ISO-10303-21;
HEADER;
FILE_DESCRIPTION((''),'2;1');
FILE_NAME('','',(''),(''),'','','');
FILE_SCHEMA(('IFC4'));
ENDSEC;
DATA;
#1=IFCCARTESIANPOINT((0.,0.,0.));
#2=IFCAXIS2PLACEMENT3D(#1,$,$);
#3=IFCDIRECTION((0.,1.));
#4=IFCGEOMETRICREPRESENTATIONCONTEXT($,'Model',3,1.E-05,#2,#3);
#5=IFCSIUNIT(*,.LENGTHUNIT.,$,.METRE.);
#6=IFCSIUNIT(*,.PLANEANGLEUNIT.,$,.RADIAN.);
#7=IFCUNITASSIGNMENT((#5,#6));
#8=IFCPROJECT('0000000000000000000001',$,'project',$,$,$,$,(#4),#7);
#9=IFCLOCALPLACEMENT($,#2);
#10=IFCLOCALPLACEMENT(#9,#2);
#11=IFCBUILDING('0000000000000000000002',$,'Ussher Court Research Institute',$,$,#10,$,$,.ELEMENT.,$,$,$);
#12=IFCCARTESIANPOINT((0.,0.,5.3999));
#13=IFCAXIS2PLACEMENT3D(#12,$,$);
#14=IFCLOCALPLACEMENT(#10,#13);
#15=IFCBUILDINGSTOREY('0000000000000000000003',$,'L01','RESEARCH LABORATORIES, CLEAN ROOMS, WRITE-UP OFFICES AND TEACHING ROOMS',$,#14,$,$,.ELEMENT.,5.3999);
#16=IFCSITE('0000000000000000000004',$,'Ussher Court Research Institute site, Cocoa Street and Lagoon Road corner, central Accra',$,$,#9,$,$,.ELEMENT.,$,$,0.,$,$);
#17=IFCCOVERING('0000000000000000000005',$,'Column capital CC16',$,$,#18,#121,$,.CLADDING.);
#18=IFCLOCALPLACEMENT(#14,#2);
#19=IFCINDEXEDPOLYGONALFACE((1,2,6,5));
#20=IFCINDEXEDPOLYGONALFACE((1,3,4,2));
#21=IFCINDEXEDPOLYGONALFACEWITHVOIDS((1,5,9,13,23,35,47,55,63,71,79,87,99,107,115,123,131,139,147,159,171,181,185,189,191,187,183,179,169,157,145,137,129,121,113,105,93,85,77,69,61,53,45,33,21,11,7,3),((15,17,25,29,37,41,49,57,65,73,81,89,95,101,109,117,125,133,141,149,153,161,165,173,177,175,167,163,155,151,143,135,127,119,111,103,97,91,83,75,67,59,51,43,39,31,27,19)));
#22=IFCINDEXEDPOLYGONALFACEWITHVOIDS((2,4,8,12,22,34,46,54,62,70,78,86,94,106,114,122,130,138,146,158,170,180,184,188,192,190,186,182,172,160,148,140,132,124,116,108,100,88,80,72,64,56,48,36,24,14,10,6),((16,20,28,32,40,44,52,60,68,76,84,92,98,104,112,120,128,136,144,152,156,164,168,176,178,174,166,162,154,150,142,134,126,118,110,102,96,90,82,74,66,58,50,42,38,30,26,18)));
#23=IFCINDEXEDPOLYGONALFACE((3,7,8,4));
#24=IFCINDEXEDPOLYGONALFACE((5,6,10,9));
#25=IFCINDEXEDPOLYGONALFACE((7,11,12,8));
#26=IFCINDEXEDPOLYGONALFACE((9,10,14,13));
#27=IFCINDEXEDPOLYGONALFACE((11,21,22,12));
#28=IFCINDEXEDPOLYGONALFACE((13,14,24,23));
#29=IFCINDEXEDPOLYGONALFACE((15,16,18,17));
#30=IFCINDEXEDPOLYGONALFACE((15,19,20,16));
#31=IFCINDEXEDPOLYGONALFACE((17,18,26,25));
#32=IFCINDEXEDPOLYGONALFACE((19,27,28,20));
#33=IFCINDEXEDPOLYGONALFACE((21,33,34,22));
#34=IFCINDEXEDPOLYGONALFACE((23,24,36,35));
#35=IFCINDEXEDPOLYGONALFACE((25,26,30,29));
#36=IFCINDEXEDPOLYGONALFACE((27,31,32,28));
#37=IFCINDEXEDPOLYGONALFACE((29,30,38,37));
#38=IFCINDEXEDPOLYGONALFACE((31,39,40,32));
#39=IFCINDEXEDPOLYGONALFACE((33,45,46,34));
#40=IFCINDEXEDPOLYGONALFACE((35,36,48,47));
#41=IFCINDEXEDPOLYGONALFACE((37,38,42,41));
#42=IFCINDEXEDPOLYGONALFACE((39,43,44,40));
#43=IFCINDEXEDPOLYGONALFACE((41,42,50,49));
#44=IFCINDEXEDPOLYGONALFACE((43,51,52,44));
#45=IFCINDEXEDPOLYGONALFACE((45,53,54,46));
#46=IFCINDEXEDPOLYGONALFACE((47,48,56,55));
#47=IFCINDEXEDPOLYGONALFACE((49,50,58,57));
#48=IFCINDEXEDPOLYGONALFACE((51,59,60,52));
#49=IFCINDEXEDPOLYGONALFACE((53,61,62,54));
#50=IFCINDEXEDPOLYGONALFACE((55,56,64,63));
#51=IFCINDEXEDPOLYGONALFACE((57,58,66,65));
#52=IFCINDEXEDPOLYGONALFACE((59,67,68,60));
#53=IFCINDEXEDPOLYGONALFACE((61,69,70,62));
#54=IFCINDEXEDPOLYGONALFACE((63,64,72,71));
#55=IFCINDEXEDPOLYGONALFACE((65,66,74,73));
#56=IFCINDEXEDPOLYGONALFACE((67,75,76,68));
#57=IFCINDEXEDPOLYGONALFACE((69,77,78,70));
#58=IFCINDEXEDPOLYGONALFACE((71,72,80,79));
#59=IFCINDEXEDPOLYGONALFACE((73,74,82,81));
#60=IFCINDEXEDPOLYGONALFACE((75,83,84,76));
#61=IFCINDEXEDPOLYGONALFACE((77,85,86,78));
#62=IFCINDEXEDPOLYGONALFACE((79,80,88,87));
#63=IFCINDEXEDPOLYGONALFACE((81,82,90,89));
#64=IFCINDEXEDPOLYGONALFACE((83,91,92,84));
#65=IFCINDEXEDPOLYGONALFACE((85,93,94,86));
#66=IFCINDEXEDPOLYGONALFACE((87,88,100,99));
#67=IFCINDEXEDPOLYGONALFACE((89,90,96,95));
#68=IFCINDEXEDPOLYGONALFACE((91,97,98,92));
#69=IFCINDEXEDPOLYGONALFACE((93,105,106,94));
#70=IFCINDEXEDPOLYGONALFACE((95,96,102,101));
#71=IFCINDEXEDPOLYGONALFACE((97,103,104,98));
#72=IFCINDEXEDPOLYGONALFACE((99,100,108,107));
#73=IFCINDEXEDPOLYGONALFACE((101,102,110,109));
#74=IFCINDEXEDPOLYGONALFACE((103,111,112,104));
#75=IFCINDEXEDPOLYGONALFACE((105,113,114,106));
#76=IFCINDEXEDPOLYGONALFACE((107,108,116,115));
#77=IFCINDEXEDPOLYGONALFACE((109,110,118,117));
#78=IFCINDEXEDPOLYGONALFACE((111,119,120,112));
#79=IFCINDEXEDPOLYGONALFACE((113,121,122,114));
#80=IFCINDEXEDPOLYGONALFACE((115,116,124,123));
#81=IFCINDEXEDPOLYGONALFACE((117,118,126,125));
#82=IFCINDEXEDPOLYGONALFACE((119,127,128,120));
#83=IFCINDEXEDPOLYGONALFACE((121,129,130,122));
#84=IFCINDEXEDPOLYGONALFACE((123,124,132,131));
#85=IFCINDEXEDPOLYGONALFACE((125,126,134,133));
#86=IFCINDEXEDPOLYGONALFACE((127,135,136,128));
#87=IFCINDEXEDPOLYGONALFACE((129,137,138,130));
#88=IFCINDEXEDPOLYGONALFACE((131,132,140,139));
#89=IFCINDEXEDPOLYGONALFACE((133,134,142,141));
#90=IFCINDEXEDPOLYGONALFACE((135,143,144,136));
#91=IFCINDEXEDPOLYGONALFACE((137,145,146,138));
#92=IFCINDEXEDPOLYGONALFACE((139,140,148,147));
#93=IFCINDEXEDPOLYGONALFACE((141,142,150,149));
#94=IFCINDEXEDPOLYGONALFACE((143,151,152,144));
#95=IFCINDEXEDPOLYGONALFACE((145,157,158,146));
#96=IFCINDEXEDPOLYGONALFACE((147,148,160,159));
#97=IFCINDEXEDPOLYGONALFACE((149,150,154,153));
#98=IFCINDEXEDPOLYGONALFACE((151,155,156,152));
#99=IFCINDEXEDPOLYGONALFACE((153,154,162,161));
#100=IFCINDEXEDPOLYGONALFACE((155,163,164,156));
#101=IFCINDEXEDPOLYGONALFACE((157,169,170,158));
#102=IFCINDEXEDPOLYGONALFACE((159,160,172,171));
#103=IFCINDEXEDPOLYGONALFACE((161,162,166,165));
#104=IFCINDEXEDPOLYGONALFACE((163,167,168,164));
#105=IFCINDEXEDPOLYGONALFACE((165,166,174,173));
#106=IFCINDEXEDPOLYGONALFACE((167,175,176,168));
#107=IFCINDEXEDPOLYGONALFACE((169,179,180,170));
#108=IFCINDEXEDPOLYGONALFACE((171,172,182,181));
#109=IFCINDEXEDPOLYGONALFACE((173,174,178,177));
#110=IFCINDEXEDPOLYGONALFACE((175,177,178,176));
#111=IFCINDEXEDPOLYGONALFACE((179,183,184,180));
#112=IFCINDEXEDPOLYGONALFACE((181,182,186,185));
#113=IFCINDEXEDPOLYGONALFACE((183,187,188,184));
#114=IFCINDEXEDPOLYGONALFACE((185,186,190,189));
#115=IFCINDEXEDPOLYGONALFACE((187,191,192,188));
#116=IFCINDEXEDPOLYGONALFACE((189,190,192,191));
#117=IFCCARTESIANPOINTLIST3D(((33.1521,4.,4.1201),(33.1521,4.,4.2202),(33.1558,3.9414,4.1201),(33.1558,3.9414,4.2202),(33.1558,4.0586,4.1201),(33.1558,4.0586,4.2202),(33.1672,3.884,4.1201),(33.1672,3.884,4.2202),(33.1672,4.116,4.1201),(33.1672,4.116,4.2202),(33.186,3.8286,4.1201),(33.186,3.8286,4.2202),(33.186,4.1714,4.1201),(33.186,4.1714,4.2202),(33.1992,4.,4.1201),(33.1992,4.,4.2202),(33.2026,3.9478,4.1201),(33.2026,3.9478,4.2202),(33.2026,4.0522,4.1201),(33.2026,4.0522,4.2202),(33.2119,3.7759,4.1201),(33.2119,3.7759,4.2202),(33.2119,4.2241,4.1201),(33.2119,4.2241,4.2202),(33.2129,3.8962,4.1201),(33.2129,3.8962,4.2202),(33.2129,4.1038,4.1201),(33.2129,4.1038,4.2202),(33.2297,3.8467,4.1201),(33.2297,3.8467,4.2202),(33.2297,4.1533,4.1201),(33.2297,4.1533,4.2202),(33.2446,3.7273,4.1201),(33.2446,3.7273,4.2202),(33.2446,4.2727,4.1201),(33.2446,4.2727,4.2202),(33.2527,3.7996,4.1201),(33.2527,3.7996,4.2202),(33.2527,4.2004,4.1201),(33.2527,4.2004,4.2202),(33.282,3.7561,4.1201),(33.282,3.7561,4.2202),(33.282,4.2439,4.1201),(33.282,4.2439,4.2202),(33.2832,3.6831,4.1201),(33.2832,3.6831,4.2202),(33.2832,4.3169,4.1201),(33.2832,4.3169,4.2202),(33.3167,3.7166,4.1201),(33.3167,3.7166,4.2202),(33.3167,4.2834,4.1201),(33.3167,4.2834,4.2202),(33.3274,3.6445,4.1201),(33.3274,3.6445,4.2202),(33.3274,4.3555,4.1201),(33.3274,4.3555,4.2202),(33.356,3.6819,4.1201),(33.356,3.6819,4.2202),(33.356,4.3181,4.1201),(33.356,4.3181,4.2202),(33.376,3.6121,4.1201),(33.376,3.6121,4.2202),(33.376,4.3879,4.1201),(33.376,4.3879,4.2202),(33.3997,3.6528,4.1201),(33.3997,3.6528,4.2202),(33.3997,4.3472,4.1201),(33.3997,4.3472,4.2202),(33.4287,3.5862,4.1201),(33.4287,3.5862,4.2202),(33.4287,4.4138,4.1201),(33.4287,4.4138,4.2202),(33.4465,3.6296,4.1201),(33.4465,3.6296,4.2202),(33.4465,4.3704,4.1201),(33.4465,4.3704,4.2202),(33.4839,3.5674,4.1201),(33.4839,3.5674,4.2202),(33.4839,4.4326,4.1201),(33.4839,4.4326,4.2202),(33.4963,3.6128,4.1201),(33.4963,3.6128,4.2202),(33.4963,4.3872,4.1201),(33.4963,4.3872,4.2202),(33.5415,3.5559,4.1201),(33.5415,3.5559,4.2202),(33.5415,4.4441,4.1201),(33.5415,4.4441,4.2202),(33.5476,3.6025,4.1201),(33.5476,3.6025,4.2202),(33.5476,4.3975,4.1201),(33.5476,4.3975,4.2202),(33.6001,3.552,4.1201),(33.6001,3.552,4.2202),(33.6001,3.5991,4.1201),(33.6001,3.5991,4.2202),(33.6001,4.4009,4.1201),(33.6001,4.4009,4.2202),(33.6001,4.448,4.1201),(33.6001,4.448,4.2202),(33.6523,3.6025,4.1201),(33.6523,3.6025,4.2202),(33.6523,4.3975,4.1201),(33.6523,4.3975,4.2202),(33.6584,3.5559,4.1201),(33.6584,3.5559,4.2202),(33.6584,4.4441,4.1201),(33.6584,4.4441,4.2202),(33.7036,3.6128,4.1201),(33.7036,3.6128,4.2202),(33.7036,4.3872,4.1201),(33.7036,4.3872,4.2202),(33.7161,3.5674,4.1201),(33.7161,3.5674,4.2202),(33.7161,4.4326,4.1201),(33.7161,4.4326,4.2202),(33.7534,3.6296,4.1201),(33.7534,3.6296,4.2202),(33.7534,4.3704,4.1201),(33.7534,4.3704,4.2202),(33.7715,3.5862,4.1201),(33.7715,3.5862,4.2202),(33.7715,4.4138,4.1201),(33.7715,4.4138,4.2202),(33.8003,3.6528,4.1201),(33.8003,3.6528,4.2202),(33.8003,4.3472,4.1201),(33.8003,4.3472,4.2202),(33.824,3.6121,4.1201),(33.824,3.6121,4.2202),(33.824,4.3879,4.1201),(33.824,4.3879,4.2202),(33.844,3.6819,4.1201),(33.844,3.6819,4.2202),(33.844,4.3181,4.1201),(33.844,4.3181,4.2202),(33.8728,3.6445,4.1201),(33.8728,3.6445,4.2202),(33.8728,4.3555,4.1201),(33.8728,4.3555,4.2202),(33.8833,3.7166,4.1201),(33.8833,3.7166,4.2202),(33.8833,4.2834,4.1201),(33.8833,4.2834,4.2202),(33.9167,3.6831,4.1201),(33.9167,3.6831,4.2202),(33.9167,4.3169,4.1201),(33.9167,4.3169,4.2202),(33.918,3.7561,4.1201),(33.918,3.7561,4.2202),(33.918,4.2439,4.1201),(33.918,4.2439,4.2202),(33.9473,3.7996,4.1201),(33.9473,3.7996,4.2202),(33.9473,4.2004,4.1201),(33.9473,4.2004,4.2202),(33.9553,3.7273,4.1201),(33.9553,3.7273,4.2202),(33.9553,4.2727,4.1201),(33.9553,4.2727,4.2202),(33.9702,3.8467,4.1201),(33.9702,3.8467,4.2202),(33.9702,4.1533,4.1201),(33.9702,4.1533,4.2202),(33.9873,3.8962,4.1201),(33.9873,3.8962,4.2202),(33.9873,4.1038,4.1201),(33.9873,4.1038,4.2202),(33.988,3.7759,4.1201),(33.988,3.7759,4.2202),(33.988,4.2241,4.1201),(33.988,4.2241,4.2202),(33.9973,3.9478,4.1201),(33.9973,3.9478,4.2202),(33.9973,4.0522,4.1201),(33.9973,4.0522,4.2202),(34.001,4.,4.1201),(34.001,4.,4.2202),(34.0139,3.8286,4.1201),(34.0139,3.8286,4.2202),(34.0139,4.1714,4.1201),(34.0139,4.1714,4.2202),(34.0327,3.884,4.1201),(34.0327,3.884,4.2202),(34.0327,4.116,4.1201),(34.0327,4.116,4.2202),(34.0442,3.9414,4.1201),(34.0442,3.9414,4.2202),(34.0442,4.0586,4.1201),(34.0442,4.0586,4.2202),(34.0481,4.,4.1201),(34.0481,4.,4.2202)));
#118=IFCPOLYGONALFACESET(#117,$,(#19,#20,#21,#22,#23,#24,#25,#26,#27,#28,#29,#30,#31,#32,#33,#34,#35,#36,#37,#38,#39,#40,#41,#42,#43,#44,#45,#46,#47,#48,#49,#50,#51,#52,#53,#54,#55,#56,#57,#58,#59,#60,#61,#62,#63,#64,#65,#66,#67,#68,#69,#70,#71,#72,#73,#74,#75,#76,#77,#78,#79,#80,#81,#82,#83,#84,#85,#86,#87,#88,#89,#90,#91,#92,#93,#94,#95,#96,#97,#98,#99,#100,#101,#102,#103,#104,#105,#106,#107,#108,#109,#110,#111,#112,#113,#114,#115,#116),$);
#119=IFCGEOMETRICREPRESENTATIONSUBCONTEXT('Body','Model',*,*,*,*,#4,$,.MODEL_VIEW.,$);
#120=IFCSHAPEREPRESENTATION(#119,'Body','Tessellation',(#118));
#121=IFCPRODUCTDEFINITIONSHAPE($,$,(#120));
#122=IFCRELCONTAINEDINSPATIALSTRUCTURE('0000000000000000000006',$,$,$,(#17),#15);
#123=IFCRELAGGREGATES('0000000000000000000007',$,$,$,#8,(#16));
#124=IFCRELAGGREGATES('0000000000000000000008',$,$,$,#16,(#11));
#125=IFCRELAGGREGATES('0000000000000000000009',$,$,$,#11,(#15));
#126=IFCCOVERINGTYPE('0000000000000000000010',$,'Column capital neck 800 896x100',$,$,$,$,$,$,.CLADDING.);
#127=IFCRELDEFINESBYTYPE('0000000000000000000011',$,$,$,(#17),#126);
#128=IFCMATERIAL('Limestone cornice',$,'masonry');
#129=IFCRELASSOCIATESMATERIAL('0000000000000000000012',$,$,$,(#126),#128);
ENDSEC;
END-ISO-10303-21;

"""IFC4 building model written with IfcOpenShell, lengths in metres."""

from ifc_helpers import new_model, si_unit, direction, frame, origin, place, context, subcontext, project, spatial, polyline, outline, extrude, material, type_object, element, save


model = new_model("IFC4")

# Units and contexts
model_context = context("Model", 3, precision=1e-05, world=origin(), true_north=direction((0.0, 1.0)))
body_context = subcontext(model_context, "Body", "Model", "MODEL_VIEW")
ifc_project = project(units=[si_unit("LENGTHUNIT", "METRE"), si_unit("PLANEANGLEUNIT", "RADIAN")], contexts=[model_context])

# Site, building, storey
site_placement = place(None, origin())
site = spatial("IfcSite", under=ifc_project, at=site_placement, Name="Ussher Court Research Institute site, Cocoa Street and Lagoon Road corner, central Accra", CompositionType="ELEMENT", RefElevation=0.0)
building_placement = place(site_placement, origin())
building = spatial("IfcBuilding", under=site, at=building_placement, Name="Ussher Court Research Institute", CompositionType="ELEMENT")
storey_placement = place(building_placement, frame((0.0, 0.0, 5.3999)))
storey = spatial("IfcBuildingStorey", under=building, at=storey_placement, Name="L01", Description="RESEARCH LABORATORIES, CLEAN ROOMS, WRITE-UP OFFICES AND TEACHING ROOMS", CompositionType="ELEMENT", Elevation=5.3999)

# Covering
ifc_material_1 = material(Name="Limestone cornice", Category="masonry")
covering_type_1 = type_object("IfcCoveringType", Name="Column capital neck 800 896x100", PredefinedType="CLADDING", material=ifc_material_1)
covering_1_placement = place(storey_placement, frame((0.0, 0.0, 4.1201)))
element("IfcCovering", 1, at=covering_1_placement, inside=storey, type_object=covering_type_1, Name="Column capital CC16", PredefinedType="CLADDING", context=body_context, shape_type="SweptSolid", body=[
    extrude(outline(polyline([(34.0481, 4.0), (34.0442, 4.0586), (34.0327, 4.116), (34.0139, 4.1714), (33.988, 4.2241), (33.9553, 4.2727), (33.9167, 4.3169), (33.8728, 4.3555), (33.824, 4.3879), (33.7715, 4.4138), (33.7161, 4.4326), (33.6584, 4.4441), (33.6001, 4.448), (33.5415, 4.4441), (33.4839, 4.4326), (33.4287, 4.4138), (33.376, 4.3879), (33.3274, 4.3555), (33.2832, 4.3169), (33.2446, 4.2727), (33.2119, 4.2241), (33.186, 4.1714), (33.1672, 4.116), (33.1558, 4.0586), (33.1521, 4.0), (33.1558, 3.9414), (33.1672, 3.884), (33.186, 3.8286), (33.2119, 3.7759), (33.2446, 3.7273), (33.2832, 3.6831), (33.3274, 3.6445), (33.376, 3.6121), (33.4287, 3.5862), (33.4839, 3.5674), (33.5415, 3.5559), (33.6001, 3.552), (33.6584, 3.5559), (33.7161, 3.5674), (33.7715, 3.5862), (33.824, 3.6121), (33.8728, 3.6445), (33.9167, 3.6831), (33.9553, 3.7273), (33.988, 3.7759), (34.0139, 3.8286), (34.0327, 3.884), (34.0442, 3.9414), (34.0481, 4.0)]), holes=[polyline([(34.001, 4.0), (33.9973, 4.0522), (33.9873, 4.1038), (33.9702, 4.1533), (33.9473, 4.2004), (33.918, 4.2439), (33.8833, 4.2834), (33.844, 4.3181), (33.8003, 4.3472), (33.7534, 4.3704), (33.7036, 4.3872), (33.6523, 4.3975), (33.6001, 4.4009), (33.5476, 4.3975), (33.4963, 4.3872), (33.4465, 4.3704), (33.3997, 4.3472), (33.356, 4.3181), (33.3167, 4.2834), (33.282, 4.2439), (33.2527, 4.2004), (33.2297, 4.1533), (33.2129, 4.1038), (33.2026, 4.0522), (33.1992, 4.0), (33.2026, 3.9478), (33.2129, 3.8962), (33.2297, 3.8467), (33.2527, 3.7996), (33.282, 3.7561), (33.3167, 3.7166), (33.356, 3.6819), (33.3997, 3.6528), (33.4465, 3.6296), (33.4963, 3.6128), (33.5476, 3.6025), (33.6001, 3.5991), (33.6523, 3.6025), (33.7036, 3.6128), (33.7534, 3.6296), (33.8003, 3.6528), (33.844, 3.6819), (33.8833, 3.7166), (33.918, 3.7561), (33.9473, 3.7996), (33.9702, 3.8467), (33.9873, 3.8962), (33.9973, 3.9478), (34.001, 4.0)])]), origin(), (0.0, 0.0, 1.0), 0.1001),
])

save(model, "model.ifc")
